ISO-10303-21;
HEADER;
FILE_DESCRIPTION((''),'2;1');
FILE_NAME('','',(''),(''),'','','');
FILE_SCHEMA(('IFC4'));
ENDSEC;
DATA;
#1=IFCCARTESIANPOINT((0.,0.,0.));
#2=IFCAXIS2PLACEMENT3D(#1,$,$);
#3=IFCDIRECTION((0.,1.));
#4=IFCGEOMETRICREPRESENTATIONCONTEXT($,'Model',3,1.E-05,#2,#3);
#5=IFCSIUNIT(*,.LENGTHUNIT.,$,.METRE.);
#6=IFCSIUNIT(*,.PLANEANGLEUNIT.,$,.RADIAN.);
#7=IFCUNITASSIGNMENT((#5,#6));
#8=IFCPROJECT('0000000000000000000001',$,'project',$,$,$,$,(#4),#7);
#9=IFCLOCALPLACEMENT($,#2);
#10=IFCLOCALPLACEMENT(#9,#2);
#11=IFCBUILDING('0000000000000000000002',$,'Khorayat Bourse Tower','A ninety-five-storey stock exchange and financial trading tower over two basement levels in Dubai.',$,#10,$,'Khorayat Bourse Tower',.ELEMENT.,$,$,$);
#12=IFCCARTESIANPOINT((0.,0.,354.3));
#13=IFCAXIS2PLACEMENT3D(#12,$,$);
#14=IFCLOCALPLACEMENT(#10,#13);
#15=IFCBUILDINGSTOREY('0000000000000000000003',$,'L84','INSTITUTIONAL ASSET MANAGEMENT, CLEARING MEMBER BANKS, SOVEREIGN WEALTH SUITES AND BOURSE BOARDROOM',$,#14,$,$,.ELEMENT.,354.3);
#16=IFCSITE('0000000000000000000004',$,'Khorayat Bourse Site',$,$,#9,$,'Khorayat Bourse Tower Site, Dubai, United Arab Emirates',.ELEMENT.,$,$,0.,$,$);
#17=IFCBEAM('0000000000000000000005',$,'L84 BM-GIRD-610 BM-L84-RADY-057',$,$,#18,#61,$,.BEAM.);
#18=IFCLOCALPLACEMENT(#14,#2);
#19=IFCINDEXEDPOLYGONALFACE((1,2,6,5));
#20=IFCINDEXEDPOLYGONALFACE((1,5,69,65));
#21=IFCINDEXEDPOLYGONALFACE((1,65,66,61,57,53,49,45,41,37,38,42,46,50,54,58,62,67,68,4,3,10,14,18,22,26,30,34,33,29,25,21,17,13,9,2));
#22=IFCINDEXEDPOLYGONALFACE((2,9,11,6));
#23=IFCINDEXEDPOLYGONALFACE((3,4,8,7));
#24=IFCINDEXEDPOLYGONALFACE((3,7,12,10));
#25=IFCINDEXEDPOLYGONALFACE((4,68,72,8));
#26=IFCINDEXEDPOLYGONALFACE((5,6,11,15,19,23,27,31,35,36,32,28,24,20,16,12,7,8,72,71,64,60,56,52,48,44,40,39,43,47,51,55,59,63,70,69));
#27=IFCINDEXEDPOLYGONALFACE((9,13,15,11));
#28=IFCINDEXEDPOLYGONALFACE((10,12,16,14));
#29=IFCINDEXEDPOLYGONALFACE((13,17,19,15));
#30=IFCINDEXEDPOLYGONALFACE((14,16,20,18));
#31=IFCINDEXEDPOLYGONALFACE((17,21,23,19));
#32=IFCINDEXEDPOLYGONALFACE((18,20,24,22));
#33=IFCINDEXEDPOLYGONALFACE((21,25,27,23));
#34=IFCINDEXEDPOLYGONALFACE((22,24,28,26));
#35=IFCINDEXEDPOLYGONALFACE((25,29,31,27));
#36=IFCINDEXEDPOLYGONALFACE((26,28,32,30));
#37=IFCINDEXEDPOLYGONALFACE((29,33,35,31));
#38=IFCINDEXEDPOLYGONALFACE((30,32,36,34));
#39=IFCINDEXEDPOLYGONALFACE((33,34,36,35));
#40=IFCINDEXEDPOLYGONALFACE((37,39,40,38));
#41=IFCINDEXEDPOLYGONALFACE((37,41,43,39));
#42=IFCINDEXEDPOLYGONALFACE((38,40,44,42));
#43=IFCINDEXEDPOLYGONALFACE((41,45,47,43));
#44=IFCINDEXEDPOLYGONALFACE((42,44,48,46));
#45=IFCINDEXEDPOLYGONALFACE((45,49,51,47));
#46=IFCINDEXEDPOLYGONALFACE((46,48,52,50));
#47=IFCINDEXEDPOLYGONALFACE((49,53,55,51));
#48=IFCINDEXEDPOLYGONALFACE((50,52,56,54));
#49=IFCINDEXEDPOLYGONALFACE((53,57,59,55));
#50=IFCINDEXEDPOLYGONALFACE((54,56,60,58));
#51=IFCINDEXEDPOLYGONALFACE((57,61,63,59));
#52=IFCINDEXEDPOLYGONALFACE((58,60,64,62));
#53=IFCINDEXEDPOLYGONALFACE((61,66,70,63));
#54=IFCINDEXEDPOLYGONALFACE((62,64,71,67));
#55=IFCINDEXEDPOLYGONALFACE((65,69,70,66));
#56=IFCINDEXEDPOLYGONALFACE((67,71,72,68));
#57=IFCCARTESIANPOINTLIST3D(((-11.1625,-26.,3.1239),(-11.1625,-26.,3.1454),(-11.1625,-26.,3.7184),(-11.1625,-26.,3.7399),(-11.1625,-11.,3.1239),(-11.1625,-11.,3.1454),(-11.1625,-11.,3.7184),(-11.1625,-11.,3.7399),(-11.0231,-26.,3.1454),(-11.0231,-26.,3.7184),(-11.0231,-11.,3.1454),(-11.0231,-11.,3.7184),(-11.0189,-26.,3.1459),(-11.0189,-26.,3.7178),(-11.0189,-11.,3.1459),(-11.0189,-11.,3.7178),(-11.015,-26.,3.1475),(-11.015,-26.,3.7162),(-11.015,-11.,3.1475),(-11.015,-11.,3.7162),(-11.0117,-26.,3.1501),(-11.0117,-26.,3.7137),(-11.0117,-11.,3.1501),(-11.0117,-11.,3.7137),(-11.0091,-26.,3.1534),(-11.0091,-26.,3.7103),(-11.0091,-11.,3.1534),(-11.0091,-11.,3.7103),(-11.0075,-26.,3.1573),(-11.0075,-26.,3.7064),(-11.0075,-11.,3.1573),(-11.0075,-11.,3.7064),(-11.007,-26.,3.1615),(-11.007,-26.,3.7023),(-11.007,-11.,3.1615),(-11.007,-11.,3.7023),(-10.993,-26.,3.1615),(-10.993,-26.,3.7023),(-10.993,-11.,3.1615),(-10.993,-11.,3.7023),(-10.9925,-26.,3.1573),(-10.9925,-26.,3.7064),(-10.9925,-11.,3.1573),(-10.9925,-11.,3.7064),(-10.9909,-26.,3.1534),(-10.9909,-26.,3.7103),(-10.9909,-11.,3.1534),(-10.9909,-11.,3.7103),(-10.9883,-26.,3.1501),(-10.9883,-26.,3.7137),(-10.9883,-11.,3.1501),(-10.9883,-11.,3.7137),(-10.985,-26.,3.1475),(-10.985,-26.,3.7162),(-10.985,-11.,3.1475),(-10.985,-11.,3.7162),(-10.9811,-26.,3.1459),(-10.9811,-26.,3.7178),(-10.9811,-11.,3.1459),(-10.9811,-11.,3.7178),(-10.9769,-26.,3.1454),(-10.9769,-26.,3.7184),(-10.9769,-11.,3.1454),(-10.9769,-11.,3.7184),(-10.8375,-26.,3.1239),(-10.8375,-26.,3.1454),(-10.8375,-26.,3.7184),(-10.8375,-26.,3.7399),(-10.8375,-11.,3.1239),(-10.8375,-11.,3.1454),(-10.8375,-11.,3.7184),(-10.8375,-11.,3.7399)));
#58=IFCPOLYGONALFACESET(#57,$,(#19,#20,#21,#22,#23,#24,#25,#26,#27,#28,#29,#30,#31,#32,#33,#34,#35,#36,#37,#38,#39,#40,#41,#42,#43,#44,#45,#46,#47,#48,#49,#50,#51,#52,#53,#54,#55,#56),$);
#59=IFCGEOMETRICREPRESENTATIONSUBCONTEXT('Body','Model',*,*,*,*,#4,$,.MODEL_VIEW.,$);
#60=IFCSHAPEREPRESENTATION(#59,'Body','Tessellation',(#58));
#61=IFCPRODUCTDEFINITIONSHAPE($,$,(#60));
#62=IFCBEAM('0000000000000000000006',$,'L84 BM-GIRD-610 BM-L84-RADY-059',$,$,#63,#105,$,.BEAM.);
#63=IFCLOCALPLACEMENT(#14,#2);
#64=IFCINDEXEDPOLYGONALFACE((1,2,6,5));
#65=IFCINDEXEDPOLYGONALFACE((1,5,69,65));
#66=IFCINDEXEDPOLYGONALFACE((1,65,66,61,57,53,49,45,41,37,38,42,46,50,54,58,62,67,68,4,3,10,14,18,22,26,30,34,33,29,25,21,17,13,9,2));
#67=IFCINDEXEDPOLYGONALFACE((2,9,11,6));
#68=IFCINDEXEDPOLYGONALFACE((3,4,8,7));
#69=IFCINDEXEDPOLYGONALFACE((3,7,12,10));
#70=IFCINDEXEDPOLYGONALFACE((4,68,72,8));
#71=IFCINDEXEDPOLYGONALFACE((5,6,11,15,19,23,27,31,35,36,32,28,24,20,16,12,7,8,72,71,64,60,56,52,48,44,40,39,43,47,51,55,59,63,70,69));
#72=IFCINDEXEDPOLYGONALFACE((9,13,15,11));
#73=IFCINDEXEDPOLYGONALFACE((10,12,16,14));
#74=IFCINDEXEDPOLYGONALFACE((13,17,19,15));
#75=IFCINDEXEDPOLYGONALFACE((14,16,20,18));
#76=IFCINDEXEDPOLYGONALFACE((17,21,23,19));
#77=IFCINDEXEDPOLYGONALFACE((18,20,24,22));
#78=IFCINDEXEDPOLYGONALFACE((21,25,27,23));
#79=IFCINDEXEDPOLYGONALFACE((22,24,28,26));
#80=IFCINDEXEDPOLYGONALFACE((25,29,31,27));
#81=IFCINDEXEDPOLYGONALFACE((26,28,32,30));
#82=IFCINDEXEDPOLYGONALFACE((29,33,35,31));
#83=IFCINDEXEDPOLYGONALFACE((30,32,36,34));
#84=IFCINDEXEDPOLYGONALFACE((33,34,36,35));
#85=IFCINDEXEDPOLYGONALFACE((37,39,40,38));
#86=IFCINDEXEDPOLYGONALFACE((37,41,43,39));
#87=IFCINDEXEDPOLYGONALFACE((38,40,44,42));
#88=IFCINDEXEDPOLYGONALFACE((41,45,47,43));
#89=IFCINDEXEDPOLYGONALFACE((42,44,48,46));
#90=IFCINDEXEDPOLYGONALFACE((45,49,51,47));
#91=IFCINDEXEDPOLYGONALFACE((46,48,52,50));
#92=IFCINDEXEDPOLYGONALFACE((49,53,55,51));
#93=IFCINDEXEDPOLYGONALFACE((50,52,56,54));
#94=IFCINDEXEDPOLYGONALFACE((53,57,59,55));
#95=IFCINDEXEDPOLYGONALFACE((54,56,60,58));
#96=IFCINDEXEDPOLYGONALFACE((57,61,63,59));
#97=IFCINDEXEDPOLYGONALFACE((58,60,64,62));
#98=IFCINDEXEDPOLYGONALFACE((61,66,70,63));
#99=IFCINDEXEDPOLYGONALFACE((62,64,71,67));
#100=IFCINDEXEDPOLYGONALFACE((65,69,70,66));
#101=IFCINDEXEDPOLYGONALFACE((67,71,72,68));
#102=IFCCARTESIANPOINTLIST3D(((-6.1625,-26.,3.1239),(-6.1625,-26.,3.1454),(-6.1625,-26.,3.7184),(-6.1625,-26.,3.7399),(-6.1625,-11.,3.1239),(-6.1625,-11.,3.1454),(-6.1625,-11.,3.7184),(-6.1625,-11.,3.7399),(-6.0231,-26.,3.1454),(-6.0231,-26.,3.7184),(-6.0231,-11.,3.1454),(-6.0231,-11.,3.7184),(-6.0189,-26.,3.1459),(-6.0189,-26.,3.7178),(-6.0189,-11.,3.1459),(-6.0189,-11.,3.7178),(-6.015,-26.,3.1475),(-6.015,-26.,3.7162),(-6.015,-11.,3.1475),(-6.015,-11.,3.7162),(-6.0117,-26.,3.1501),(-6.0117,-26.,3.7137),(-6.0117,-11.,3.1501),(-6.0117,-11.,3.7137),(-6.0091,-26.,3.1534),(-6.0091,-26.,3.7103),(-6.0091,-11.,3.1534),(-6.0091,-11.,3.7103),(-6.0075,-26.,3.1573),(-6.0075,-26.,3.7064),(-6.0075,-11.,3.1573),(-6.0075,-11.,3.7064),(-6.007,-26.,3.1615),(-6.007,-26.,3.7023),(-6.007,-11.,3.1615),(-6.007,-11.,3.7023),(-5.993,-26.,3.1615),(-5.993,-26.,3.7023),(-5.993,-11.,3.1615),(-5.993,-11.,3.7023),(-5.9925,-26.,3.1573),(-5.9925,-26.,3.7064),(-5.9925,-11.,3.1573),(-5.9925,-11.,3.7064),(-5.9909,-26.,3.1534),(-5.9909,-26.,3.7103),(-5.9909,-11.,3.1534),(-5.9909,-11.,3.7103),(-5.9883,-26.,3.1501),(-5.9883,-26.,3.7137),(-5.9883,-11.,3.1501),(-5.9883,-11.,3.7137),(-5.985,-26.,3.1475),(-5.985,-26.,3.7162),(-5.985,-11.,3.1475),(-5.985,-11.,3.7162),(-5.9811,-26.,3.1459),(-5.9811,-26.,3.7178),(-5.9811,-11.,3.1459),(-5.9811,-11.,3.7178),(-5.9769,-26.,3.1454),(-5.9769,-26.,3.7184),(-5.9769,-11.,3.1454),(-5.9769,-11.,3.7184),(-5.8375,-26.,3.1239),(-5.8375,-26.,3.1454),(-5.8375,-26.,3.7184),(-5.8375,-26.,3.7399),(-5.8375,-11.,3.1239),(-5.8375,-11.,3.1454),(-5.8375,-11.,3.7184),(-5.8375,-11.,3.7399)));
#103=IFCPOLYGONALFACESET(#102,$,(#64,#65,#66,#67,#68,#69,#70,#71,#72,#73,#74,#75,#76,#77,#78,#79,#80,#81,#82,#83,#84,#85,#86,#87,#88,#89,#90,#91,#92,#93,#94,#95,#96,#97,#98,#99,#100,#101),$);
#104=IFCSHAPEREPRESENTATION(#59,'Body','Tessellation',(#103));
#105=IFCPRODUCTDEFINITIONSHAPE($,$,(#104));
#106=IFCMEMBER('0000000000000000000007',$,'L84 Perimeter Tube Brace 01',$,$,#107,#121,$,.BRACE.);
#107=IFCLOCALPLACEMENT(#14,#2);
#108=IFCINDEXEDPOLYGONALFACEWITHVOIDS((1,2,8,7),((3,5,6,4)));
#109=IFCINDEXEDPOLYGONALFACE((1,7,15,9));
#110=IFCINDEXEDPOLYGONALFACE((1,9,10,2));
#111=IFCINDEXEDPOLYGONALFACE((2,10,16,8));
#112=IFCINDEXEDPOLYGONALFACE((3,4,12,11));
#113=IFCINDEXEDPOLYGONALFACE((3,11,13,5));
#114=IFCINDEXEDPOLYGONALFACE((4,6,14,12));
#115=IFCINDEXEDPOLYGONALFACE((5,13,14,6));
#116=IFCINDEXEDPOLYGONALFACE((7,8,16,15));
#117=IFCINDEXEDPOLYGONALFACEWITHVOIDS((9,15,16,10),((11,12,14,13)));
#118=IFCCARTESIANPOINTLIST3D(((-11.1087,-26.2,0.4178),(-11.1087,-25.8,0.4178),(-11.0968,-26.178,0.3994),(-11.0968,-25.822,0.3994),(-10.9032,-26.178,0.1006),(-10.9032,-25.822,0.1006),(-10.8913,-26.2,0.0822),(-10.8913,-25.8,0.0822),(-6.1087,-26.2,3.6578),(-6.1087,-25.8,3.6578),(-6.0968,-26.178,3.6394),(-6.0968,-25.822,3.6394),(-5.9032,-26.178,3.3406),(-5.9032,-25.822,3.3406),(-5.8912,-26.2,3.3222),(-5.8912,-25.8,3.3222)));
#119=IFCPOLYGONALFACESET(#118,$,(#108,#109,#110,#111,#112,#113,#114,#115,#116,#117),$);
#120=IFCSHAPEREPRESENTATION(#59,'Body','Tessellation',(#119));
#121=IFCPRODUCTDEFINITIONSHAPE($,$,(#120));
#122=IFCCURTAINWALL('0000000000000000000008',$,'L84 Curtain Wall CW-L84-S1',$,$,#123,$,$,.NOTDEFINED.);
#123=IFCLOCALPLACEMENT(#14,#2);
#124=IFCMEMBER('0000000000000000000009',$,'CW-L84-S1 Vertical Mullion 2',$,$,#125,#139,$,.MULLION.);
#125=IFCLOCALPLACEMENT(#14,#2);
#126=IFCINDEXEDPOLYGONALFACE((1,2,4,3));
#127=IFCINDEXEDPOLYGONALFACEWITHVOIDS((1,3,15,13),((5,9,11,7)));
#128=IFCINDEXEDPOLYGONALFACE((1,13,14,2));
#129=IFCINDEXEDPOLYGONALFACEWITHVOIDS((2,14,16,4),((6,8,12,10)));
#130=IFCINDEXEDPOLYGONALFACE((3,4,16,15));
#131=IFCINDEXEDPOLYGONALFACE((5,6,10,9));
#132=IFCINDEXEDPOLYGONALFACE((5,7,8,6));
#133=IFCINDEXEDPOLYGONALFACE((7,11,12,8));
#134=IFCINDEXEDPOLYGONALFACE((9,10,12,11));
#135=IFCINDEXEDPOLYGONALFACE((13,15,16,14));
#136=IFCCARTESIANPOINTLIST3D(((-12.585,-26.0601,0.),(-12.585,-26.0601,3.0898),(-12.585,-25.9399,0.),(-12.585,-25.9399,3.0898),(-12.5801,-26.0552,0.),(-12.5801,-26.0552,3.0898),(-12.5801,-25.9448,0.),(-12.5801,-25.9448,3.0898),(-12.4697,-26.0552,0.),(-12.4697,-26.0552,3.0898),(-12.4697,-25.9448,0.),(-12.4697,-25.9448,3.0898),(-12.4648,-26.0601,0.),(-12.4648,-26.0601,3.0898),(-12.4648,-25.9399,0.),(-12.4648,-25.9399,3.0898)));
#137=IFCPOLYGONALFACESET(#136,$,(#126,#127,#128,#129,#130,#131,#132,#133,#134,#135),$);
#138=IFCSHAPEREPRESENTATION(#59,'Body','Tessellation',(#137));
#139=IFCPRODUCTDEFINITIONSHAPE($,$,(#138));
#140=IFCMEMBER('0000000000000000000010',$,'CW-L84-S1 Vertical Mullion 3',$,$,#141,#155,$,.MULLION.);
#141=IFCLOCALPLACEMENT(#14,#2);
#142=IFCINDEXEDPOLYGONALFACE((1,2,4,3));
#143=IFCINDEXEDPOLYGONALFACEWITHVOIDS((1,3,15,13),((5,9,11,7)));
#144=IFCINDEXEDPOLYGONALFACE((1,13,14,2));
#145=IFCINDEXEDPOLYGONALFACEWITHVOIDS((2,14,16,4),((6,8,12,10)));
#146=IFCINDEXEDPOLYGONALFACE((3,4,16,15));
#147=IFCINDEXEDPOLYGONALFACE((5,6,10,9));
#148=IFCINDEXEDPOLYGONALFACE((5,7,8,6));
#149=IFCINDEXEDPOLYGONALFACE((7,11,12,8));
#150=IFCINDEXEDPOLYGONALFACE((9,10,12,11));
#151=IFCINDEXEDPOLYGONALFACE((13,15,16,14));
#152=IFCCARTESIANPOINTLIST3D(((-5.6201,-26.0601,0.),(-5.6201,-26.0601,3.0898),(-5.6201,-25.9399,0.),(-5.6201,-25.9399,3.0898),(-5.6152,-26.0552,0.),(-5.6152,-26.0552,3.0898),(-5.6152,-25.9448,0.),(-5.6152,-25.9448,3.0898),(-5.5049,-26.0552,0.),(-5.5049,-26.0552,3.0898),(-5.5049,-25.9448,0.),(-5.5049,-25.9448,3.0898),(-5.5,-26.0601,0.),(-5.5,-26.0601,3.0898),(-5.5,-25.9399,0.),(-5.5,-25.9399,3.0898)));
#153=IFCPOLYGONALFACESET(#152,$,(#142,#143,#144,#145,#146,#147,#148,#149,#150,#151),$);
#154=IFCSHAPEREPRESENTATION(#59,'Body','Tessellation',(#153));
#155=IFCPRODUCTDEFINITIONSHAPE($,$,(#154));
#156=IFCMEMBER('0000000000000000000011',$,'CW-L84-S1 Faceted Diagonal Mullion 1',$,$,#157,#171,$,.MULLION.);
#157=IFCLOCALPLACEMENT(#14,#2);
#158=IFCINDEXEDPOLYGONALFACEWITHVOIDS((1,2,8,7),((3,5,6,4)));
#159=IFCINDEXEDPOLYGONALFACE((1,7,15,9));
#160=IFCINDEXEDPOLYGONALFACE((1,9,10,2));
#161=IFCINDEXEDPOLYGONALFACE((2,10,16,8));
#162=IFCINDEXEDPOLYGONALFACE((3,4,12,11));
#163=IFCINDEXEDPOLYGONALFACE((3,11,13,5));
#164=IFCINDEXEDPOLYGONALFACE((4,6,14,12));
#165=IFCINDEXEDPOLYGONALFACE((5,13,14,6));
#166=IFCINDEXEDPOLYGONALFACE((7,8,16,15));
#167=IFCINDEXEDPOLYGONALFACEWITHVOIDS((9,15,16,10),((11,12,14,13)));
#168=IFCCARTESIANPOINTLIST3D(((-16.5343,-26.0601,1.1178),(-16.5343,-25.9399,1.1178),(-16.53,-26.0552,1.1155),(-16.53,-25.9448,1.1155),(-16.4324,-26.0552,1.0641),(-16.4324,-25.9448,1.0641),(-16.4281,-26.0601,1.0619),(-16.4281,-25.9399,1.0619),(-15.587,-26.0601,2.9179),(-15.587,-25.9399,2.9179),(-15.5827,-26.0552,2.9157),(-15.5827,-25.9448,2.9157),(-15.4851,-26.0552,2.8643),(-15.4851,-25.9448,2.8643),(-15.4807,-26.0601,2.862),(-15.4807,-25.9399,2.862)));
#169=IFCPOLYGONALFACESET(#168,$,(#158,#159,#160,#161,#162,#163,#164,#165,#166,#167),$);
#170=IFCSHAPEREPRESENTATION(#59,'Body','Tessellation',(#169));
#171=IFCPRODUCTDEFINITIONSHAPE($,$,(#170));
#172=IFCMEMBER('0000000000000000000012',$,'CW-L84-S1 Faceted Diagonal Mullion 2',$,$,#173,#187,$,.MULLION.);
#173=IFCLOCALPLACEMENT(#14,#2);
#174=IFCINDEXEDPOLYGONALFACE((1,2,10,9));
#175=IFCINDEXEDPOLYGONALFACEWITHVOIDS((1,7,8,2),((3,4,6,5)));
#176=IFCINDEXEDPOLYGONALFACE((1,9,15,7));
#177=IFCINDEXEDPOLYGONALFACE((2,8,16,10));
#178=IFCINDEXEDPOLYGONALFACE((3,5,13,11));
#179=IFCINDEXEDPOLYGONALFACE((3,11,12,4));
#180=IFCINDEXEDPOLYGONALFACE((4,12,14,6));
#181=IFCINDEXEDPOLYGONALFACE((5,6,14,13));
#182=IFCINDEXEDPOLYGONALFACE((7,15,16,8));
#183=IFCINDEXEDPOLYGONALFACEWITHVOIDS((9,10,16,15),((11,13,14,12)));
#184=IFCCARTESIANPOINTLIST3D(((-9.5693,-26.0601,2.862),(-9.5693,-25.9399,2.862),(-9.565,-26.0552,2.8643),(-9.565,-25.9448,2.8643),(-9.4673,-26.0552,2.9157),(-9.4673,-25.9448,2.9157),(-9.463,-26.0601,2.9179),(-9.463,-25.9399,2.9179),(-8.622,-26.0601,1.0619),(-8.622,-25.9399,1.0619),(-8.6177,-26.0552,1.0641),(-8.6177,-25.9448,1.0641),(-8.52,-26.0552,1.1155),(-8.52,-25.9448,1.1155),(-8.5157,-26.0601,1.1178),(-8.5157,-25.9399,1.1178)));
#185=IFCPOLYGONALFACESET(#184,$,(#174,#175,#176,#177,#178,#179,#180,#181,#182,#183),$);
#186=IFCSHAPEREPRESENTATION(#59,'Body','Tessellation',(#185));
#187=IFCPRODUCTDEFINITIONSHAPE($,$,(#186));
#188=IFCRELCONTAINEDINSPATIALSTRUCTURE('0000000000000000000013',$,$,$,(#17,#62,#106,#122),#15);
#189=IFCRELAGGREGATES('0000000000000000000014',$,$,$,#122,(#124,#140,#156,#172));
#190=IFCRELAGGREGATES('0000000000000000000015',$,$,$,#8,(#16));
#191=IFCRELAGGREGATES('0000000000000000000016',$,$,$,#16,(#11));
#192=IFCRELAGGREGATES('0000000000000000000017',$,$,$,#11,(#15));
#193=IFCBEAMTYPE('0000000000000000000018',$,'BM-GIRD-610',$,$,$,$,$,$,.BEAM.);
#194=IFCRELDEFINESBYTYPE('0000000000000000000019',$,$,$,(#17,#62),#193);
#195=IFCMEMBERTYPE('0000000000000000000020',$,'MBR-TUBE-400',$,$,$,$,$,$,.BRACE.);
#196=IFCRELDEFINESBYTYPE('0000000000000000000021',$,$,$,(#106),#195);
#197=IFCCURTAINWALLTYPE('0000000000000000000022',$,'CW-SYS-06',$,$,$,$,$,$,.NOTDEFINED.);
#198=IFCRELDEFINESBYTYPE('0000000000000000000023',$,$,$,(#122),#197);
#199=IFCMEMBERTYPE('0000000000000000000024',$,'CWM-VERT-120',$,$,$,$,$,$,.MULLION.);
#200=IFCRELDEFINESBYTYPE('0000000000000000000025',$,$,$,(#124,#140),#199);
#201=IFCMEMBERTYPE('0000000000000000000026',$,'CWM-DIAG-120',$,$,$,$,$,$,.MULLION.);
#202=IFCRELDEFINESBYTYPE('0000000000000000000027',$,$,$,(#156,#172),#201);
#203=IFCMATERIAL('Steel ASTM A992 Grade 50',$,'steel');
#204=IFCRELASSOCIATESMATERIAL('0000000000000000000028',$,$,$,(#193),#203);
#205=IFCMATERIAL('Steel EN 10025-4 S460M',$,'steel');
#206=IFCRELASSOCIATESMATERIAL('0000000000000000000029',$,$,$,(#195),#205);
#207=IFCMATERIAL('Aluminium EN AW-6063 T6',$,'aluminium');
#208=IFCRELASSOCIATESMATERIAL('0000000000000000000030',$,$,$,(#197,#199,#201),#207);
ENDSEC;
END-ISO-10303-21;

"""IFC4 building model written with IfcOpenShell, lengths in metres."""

from ifc_helpers import new_model, si_unit, direction, frame, origin, origin_2d, place, context, subcontext, project, spatial, hollow_rectangle, i_section, extrude, source, transform, mapped, material, material_profile, profile_set, type_object, element, aggregate, save


model = new_model("IFC4")

# Units and contexts
model_context = context("Model", 3, precision=1e-05, world=origin(), true_north=direction((0.0, 1.0)))
body_context = subcontext(model_context, "Body", "Model", "MODEL_VIEW")
ifc_project = project(units=[si_unit("LENGTHUNIT", "METRE"), si_unit("PLANEANGLEUNIT", "RADIAN")], contexts=[model_context])

# Site, building, storey
site_placement = place(None, origin())
site = spatial("IfcSite", under=ifc_project, at=site_placement, Name="Khorayat Bourse Site", LongName="Khorayat Bourse Tower Site, Dubai, United Arab Emirates", CompositionType="ELEMENT", RefElevation=0.0)
building_placement = place(site_placement, origin())
building = spatial("IfcBuilding", under=site, at=building_placement, Name="Khorayat Bourse Tower", Description="A ninety-five-storey stock exchange and financial trading tower over two basement levels in Dubai.", LongName="Khorayat Bourse Tower", CompositionType="ELEMENT")
storey_placement = place(building_placement, frame((0.0, 0.0, 354.3)))
storey = spatial("IfcBuildingStorey", under=building, at=storey_placement, Name="L84", Description="INSTITUTIONAL ASSET MANAGEMENT, CLEARING MEMBER BANKS, SOVEREIGN WEALTH SUITES AND BOURSE BOARDROOM", CompositionType="ELEMENT", Elevation=354.3)

# Beams
ifc_material_1 = material(Name="Steel ASTM A992 Grade 50", Category="steel")
ifc_material_profile_1 = material_profile(ifc_material_1, i_section(OverallWidth=0.325, OverallDepth=0.616, WebThickness=0.0139, FlangeThickness=0.0215, FilletRadius=0.0161, at=origin_2d()), Name="W610X174")
ifc_profile_set_1 = profile_set([ifc_material_profile_1], Name="Steel ASTM A992 Grade 50")
beam_type_1 = type_object("IfcBeamType", Name="BM-GIRD-610", PredefinedType="BEAM", material=ifc_profile_set_1)
shared_shape_1 = source(origin(), body_context, "Body", "SweptSolid", [
    extrude(i_section(OverallWidth=0.325, OverallDepth=0.616, WebThickness=0.0139, FlangeThickness=0.0215, FilletRadius=0.0161, at=origin_2d()), origin(), (0.0, 0.0, 1.0), 15.0),
])
for number, where, z_axis, x_axis, name in (
    (1, (-11.0, -26.0, 3.4319), (0.0, 1.0, 0.0), (-1.0, 0.0, 0.0), "L84 BM-GIRD-610 BM-L84-RADY-057"),
    (2, (-6.0, -26.0, 3.4319), (0.0, 1.0, 0.0), (-1.0, 0.0, 0.0), "L84 BM-GIRD-610 BM-L84-RADY-059"),
):
    element("IfcBeam", number, at=place(storey_placement, frame(where, z_axis=z_axis, x_axis=x_axis)), inside=storey, type_object=beam_type_1, Name=name, PredefinedType="BEAM", context=body_context, shape_type="MappedRepresentation", body=[
        mapped(shared_shape_1, transform((0.0, 0.0, 0.0), scale=1.0)),
    ])

# Member
ifc_material_2 = material(Name="Steel EN 10025-4 S460M", Category="steel")
ifc_material_profile_2 = material_profile(ifc_material_2, hollow_rectangle(XDim=0.3999, YDim=0.3999, WallThickness=0.022, at=origin_2d()), Name="HSS 400x400x22")
ifc_profile_set_2 = profile_set([ifc_material_profile_2], Name="Steel EN 10025-4 S460M")
member_type_1 = type_object("IfcMemberType", Name="MBR-TUBE-400", PredefinedType="BRACE", material=ifc_profile_set_2)
shared_shape_2 = source(origin(), body_context, "Body", "SweptSolid", [
    extrude(hollow_rectangle(XDim=0.3999, YDim=0.3999, WallThickness=0.022, at=origin_2d()), origin(), (0.0, 0.0, 1.0), 5.958),
])
member_1_placement = place(storey_placement, frame((-11.0, -26.0, 0.25), z_axis=(0.83921, 0.0, 0.543807), x_axis=(0.0, 1.0, 0.0)))
element("IfcMember", 3, at=member_1_placement, inside=storey, type_object=member_type_1, Name="L84 Perimeter Tube Brace 01", PredefinedType="BRACE", context=body_context, shape_type="MappedRepresentation", body=[
    mapped(shared_shape_2, transform((0.0, 0.0, 0.0), scale=1.0)),
])

# Curtain wall, members
ifc_material_3 = material(Name="Aluminium EN AW-6063 T6", Category="aluminium")
curtain_wall_type = type_object("IfcCurtainWallType", Name="CW-SYS-06", PredefinedType="NOTDEFINED", material=ifc_material_3)
curtain_wall_placement = place(storey_placement, origin())
curtain_wall = element("IfcCurtainWall", 4, at=curtain_wall_placement, inside=storey, type_object=curtain_wall_type, Name="L84 Curtain Wall CW-L84-S1", PredefinedType="NOTDEFINED")
ifc_material_profile_3 = material_profile(ifc_material_3, hollow_rectangle(XDim=0.1201, YDim=0.1201, WallThickness=0.0049, at=origin_2d()), Name="ALU 120x120x5")
ifc_profile_set_3 = profile_set([ifc_material_profile_3], Name="Aluminium EN AW-6063 T6")
member_type_2 = type_object("IfcMemberType", Name="CWM-VERT-120", PredefinedType="MULLION", material=ifc_profile_set_3)
shared_shape_3 = source(origin(), body_context, "Body", "SweptSolid", [
    extrude(hollow_rectangle(XDim=0.1201, YDim=0.1201, WallThickness=0.0049, at=origin_2d()), origin(), (0.0, 0.0, 1.0), 3.0898),
])
member_2_placement = place(storey_placement, frame((-12.5249, -26.0, 0.0), z_axis=(0.0, 0.0, 1.0), x_axis=(0.0, 1.0, 0.0)))
member_2 = element("IfcMember", 5, at=member_2_placement, type_object=member_type_2, Name="CW-L84-S1 Vertical Mullion 2", PredefinedType="MULLION", context=body_context, shape_type="MappedRepresentation", body=[
    mapped(shared_shape_3, transform((0.0, 0.0, 0.0), scale=1.0)),
])
member_3_placement = place(storey_placement, frame((-5.5601, -26.0, 0.0), z_axis=(0.0, 0.0, 1.0), x_axis=(0.0, 1.0, 0.0)))
member_3 = element("IfcMember", 6, at=member_3_placement, type_object=member_type_2, Name="CW-L84-S1 Vertical Mullion 3", PredefinedType="MULLION", context=body_context, shape_type="MappedRepresentation", body=[
    mapped(shared_shape_3, transform((0.0, 0.0, 0.0), scale=1.0)),
])
ifc_material_profile_4 = material_profile(ifc_material_3, hollow_rectangle(XDim=0.1201, YDim=0.1201, WallThickness=0.0049, at=origin_2d()), Name="ALU 120x120x5")
ifc_profile_set_4 = profile_set([ifc_material_profile_4], Name="Aluminium EN AW-6063 T6")
member_type_3 = type_object("IfcMemberType", Name="CWM-DIAG-120", PredefinedType="MULLION", material=ifc_profile_set_4)
shared_shape_4 = source(origin(), body_context, "Body", "SweptSolid", [
    extrude(hollow_rectangle(XDim=0.1201, YDim=0.1201, WallThickness=0.0049, at=origin_2d()), origin(), (0.0, 0.0, 1.0), 2.0342),
])
member_4_placement = place(storey_placement, frame((-16.4812, -26.0, 1.0898), z_axis=(0.465697, 0.0, 0.884944), x_axis=(0.0, 1.0, 0.0)))
member_4 = element("IfcMember", 7, at=member_4_placement, type_object=member_type_3, Name="CW-L84-S1 Faceted Diagonal Mullion 1", PredefinedType="MULLION", context=body_context, shape_type="MappedRepresentation", body=[
    mapped(shared_shape_4, transform((0.0, 0.0, 0.0), scale=1.0)),
])
member_5_placement = place(storey_placement, frame((-8.5688, -26.0, 1.0898), z_axis=(-0.465697, 0.0, 0.884944), x_axis=(0.0, -1.0, 0.0)))
member_5 = element("IfcMember", 8, at=member_5_placement, type_object=member_type_3, Name="CW-L84-S1 Faceted Diagonal Mullion 2", PredefinedType="MULLION", context=body_context, shape_type="MappedRepresentation", body=[
    mapped(shared_shape_4, transform((0.0, 0.0, 0.0), scale=1.0)),
])

aggregate(curtain_wall, [member_2, member_3, member_4, member_5])

save(model, "model.ifc")
